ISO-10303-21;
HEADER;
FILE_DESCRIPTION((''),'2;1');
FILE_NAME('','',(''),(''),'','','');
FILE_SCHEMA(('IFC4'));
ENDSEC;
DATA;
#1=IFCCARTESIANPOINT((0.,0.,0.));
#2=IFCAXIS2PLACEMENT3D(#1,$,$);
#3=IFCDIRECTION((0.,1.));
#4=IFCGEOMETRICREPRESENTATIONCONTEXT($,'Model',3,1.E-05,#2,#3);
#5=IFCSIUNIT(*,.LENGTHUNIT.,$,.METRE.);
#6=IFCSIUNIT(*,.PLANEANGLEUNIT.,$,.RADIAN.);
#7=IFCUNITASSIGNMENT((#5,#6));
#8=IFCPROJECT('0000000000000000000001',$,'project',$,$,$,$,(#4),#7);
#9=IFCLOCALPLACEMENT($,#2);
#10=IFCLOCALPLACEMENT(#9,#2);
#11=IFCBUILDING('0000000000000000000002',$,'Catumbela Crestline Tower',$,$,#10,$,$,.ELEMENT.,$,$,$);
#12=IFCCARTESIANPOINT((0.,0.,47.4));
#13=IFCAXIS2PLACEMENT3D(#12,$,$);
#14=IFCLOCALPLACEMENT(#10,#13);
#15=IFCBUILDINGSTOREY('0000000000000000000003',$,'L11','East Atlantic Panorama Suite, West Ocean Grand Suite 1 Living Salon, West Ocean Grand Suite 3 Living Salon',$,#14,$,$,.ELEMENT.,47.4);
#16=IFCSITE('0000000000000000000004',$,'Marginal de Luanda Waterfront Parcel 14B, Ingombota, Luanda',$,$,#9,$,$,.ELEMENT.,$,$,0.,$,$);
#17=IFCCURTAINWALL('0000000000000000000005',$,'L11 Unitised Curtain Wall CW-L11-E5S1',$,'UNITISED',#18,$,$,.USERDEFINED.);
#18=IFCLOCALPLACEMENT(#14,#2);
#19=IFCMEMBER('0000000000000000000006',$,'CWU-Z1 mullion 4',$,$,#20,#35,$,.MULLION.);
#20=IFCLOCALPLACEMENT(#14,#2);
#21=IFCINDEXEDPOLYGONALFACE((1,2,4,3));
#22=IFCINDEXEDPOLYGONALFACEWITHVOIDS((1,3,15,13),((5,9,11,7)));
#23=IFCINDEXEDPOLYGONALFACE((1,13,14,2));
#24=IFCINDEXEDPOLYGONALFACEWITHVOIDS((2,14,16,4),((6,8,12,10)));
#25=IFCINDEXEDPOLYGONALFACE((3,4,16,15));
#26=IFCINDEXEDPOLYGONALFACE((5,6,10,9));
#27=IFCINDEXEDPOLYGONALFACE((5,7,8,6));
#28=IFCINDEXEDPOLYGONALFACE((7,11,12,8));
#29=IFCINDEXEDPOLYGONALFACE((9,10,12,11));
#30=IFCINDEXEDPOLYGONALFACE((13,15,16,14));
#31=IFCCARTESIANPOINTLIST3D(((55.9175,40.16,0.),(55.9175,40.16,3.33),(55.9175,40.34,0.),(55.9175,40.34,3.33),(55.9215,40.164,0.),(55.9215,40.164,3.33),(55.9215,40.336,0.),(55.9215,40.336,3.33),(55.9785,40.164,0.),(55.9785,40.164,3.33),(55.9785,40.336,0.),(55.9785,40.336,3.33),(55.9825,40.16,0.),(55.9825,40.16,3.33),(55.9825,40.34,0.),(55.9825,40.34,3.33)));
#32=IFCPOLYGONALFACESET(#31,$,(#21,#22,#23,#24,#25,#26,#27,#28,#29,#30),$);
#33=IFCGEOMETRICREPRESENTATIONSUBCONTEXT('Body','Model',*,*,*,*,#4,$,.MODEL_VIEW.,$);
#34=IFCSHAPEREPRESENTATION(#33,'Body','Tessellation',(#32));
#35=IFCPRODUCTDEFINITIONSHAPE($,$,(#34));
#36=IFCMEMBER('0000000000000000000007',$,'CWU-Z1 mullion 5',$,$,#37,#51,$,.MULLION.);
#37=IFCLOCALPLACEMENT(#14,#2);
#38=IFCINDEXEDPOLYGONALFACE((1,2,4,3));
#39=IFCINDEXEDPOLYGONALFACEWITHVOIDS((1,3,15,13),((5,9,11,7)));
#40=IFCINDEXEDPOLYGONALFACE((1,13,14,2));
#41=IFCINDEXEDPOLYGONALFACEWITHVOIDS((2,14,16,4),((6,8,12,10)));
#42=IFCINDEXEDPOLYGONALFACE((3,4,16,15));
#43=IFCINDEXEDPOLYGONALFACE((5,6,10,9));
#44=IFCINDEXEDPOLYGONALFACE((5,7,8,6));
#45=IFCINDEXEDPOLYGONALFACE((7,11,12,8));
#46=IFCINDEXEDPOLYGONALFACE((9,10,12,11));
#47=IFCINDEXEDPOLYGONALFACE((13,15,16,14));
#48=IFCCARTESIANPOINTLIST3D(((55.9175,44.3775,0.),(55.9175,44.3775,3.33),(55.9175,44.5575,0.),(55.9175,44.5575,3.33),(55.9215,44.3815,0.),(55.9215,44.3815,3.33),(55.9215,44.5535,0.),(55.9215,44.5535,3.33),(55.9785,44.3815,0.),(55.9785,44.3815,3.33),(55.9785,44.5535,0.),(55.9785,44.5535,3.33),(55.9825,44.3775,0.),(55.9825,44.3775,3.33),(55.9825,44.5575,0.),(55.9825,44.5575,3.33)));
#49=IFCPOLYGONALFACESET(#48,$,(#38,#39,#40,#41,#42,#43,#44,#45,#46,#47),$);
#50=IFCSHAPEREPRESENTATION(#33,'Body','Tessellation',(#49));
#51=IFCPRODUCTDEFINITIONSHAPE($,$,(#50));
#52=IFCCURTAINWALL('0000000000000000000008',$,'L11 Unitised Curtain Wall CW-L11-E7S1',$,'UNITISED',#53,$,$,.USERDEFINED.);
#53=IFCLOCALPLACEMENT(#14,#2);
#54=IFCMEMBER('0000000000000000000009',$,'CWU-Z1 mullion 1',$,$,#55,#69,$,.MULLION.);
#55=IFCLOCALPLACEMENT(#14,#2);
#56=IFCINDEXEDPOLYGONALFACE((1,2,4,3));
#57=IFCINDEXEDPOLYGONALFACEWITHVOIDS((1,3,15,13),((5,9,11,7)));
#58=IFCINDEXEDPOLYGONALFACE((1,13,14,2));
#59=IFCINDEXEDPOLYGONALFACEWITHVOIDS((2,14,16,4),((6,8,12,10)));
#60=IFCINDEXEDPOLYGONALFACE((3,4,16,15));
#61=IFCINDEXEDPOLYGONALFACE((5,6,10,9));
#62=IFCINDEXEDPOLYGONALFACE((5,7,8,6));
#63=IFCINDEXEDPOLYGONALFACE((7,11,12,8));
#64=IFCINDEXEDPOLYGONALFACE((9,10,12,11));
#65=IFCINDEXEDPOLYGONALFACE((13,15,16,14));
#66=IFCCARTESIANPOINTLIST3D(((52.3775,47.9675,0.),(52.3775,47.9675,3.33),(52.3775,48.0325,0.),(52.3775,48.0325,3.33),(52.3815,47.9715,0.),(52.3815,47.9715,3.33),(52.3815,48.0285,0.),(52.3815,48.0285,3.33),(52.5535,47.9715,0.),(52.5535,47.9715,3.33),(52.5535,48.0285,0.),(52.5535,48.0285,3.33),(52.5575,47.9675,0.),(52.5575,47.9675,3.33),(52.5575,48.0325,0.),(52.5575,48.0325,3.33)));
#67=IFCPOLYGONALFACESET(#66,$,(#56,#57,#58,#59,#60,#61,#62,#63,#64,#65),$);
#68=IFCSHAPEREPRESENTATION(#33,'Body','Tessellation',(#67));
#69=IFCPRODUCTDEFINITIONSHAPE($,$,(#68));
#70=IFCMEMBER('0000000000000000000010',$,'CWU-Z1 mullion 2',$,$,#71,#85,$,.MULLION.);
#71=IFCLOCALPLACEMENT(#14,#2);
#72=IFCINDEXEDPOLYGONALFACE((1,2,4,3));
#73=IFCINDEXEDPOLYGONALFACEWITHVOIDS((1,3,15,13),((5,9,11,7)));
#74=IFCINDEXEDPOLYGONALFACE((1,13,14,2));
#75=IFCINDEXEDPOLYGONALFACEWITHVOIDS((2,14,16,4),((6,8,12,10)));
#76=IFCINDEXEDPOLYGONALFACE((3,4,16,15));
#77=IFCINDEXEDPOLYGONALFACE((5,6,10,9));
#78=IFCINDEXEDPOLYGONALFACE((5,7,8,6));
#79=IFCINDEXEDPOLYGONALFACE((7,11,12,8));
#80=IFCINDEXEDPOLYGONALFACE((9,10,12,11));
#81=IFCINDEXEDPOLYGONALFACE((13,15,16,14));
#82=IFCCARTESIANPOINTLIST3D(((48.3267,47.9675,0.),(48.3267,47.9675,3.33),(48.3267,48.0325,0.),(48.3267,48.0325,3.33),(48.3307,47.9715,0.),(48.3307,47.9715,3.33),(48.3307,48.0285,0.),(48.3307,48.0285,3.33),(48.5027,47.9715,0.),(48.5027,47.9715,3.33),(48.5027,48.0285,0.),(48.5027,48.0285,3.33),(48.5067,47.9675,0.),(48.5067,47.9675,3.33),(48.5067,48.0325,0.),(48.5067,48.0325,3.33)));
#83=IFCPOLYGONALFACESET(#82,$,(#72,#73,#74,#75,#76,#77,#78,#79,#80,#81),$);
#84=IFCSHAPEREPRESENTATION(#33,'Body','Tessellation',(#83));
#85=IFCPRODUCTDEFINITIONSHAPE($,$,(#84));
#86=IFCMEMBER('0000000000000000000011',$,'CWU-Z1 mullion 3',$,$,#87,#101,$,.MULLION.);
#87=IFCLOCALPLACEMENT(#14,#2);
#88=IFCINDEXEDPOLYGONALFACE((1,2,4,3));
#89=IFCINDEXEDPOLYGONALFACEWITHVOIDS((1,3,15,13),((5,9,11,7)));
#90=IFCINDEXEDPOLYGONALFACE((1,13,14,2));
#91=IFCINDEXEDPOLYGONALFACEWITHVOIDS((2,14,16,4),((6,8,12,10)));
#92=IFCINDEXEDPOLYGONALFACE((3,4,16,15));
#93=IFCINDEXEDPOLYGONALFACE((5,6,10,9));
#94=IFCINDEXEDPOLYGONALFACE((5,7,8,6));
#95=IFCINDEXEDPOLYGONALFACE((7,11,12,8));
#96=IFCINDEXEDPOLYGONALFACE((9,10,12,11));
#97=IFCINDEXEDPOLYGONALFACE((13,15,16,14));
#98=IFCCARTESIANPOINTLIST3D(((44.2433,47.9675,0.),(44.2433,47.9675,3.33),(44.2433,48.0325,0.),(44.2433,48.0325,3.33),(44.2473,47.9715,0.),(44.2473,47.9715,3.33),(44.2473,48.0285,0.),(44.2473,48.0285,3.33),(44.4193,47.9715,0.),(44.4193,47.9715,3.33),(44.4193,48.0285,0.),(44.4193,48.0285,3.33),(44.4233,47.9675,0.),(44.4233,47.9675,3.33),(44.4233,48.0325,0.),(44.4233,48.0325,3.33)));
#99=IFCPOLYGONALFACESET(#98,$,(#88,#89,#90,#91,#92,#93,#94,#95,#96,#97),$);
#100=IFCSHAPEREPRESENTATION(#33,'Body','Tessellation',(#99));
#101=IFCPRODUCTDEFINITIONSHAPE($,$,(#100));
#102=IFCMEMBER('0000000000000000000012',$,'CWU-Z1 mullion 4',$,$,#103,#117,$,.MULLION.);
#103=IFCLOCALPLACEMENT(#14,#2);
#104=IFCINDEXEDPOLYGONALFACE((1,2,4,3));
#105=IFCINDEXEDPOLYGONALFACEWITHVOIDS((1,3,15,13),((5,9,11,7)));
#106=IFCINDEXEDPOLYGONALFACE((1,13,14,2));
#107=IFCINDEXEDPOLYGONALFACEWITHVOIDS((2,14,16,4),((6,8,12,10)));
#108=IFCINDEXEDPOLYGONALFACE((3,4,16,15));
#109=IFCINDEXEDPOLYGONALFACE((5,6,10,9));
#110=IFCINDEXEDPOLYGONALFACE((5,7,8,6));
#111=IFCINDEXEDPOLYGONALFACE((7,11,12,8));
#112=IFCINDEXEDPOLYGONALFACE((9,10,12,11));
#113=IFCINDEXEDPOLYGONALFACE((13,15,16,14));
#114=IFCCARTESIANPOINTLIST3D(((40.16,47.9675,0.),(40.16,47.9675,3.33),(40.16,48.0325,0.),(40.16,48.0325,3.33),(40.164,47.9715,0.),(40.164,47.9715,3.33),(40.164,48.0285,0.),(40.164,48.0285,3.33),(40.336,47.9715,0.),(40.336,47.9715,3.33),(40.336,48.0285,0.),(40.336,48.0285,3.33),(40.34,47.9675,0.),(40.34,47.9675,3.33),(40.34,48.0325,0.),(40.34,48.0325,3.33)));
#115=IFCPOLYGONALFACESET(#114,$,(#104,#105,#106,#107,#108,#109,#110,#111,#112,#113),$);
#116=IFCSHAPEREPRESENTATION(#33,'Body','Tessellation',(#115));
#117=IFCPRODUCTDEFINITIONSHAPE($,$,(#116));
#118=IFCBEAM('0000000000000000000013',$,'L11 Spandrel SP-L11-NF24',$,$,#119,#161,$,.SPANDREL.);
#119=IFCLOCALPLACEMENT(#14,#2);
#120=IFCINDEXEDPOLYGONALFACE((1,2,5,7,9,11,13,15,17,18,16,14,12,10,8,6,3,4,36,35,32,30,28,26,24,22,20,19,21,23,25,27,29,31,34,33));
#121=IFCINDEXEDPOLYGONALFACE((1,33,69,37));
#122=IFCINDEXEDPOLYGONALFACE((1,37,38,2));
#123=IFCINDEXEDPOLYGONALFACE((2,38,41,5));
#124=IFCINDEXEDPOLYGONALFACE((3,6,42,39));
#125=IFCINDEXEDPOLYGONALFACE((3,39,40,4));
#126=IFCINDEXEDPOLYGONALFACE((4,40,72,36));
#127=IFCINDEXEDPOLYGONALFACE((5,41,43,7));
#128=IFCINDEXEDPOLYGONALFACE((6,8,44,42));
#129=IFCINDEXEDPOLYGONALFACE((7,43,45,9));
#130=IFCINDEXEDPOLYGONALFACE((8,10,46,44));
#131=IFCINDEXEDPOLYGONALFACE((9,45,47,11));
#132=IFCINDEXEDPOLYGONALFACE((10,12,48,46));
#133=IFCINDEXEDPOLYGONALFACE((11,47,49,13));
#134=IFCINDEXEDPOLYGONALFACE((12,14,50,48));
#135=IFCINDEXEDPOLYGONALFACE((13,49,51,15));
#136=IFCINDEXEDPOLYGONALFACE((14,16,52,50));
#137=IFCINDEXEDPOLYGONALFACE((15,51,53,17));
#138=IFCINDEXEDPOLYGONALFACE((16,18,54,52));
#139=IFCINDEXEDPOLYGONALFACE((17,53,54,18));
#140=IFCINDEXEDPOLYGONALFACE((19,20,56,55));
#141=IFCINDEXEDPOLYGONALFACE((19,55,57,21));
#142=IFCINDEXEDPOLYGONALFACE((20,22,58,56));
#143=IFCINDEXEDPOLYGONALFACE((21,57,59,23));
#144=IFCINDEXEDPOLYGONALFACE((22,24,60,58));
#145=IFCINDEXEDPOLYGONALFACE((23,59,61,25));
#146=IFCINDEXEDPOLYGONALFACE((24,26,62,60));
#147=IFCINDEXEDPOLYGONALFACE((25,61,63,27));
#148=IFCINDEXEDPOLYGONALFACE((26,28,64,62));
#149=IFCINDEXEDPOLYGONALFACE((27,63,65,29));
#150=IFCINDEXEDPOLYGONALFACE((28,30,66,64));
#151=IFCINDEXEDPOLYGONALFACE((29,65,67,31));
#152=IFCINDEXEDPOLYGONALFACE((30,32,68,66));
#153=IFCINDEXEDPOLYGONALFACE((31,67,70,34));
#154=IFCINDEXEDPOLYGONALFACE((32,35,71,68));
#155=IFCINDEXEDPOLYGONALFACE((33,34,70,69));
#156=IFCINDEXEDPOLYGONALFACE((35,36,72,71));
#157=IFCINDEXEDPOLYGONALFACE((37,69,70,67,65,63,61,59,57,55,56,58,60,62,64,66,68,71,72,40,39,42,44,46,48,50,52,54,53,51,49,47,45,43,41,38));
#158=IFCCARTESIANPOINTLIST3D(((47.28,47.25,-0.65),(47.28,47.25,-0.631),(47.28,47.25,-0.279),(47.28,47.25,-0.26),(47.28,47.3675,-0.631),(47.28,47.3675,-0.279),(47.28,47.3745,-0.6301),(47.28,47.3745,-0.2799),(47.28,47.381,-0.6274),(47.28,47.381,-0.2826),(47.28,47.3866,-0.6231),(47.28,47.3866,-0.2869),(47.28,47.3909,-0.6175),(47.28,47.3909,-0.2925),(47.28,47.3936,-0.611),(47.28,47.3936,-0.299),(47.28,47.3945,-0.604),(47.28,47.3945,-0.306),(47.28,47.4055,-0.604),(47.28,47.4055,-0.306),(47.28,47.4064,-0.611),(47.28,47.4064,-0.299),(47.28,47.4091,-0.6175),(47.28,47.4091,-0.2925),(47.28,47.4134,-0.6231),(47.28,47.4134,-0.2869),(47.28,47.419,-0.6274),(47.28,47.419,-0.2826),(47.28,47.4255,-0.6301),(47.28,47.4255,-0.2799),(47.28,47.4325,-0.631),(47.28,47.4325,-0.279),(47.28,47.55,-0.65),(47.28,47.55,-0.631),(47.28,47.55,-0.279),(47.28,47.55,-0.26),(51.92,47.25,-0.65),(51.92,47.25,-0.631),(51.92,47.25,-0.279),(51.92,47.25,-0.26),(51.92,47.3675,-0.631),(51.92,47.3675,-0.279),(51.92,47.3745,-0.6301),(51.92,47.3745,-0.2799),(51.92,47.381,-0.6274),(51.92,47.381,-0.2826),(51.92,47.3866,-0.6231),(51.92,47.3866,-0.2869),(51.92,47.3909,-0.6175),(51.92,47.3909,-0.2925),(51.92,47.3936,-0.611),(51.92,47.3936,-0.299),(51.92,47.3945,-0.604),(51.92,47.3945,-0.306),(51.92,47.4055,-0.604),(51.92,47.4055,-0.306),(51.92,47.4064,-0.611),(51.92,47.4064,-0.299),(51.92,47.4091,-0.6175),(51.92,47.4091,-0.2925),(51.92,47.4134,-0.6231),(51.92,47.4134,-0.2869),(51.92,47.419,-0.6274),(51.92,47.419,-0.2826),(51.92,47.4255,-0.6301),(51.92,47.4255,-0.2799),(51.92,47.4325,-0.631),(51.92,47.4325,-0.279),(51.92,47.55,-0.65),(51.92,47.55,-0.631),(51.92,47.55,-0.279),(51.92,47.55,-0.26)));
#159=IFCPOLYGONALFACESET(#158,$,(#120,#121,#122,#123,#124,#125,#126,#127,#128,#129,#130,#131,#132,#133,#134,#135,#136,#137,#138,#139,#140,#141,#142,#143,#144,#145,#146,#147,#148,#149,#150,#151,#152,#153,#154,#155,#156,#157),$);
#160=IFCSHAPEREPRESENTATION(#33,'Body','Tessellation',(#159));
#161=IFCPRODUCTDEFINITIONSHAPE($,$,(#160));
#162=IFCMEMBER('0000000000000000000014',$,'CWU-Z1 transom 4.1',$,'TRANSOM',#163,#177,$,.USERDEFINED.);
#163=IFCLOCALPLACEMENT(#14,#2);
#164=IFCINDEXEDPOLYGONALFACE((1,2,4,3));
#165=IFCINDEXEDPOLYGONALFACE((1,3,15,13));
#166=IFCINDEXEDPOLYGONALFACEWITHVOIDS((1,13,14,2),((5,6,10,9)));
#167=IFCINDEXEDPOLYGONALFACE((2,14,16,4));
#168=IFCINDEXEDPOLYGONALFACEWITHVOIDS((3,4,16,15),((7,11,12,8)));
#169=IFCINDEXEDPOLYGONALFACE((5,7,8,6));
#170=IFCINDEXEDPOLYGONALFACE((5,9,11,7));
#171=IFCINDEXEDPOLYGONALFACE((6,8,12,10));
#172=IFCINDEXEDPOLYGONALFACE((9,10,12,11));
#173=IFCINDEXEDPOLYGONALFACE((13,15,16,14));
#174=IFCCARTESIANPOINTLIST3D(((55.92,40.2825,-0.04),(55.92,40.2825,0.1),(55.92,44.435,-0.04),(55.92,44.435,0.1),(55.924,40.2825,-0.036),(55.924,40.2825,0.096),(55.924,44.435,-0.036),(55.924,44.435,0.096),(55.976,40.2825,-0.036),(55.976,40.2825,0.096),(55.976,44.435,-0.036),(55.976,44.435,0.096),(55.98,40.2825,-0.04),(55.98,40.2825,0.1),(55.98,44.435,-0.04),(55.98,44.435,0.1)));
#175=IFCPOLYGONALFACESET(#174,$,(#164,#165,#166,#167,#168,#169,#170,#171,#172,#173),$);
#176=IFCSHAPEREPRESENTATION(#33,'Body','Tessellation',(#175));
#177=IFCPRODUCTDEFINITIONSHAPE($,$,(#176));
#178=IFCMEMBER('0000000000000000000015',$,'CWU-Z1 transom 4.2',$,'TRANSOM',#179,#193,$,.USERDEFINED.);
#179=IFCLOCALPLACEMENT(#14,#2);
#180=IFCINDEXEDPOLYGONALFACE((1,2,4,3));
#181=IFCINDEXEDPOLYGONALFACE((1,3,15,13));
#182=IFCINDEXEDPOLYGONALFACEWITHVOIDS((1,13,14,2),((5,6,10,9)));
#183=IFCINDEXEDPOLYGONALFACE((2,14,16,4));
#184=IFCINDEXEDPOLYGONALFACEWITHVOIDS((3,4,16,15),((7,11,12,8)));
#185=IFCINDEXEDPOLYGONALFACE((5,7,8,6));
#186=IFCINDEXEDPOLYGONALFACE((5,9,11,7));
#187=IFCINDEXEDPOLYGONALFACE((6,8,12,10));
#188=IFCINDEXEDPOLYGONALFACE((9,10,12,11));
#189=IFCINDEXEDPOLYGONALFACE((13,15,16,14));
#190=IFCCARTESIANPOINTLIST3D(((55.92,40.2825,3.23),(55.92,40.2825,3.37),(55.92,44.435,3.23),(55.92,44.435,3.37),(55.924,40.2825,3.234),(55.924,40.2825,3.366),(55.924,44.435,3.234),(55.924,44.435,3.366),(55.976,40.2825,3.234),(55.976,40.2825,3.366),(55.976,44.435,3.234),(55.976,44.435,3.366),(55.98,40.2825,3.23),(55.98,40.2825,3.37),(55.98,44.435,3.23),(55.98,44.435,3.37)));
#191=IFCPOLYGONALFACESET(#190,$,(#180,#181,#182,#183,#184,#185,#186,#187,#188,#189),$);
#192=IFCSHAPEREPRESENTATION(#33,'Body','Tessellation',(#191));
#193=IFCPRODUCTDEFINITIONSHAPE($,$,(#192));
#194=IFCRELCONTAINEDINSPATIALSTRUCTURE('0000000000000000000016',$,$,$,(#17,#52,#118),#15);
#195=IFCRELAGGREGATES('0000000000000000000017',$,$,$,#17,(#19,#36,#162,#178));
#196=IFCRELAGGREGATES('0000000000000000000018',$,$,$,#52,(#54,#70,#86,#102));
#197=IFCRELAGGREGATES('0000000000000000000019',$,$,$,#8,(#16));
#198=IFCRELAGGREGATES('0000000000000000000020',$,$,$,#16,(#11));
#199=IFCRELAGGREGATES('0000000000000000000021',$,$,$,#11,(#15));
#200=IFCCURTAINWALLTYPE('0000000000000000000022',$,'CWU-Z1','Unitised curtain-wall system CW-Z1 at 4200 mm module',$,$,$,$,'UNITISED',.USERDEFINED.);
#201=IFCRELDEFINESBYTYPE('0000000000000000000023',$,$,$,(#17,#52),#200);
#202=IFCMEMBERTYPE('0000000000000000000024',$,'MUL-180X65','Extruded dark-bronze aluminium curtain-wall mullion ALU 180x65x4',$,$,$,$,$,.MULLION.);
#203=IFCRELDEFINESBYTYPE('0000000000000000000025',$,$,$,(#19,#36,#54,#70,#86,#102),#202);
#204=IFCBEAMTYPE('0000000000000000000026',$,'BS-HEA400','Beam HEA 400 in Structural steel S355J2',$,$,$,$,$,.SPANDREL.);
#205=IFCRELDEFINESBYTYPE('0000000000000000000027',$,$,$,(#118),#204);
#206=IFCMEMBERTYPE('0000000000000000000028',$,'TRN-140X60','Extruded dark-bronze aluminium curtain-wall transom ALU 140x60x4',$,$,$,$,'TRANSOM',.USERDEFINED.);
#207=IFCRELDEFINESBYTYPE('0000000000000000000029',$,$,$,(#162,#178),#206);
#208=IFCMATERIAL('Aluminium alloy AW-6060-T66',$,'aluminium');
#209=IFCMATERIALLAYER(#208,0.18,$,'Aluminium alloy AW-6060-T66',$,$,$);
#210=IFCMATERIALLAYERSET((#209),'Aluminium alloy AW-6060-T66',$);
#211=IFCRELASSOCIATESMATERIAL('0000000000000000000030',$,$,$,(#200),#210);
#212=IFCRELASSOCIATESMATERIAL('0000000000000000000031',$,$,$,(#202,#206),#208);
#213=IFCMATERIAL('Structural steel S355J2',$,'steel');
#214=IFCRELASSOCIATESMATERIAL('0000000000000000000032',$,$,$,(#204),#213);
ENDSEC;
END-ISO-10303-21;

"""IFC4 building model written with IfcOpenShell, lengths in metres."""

from ifc_helpers import new_model, si_unit, direction, frame, origin, origin_2d, place, context, subcontext, project, spatial, hollow_rectangle, i_section, extrude, material, layer, layer_set, material_profile, profile_set, type_object, element, aggregate, save


model = new_model("IFC4")

# Units and contexts
model_context = context("Model", 3, precision=1e-05, world=origin(), true_north=direction((0.0, 1.0)))
body_context = subcontext(model_context, "Body", "Model", "MODEL_VIEW")
ifc_project = project(units=[si_unit("LENGTHUNIT", "METRE"), si_unit("PLANEANGLEUNIT", "RADIAN")], contexts=[model_context])

# Site, building, storey
site_placement = place(None, origin())
site = spatial("IfcSite", under=ifc_project, at=site_placement, Name="Marginal de Luanda Waterfront Parcel 14B, Ingombota, Luanda", CompositionType="ELEMENT", RefElevation=0.0)
building_placement = place(site_placement, origin())
building = spatial("IfcBuilding", under=site, at=building_placement, Name="Catumbela Crestline Tower", CompositionType="ELEMENT")
storey_placement = place(building_placement, frame((0.0, 0.0, 47.4)))
storey = spatial("IfcBuildingStorey", under=building, at=storey_placement, Name="L11", Description="East Atlantic Panorama Suite, West Ocean Grand Suite 1 Living Salon, West Ocean Grand Suite 3 Living Salon", CompositionType="ELEMENT", Elevation=47.4)

# Curtain walls, members
ifc_material_1 = material(Name="Aluminium alloy AW-6060-T66", Category="aluminium")
ifc_layer_1 = layer(ifc_material_1, 0.18, Name="Aluminium alloy AW-6060-T66")
ifc_layer_set_1 = layer_set([ifc_layer_1], Name="Aluminium alloy AW-6060-T66")
curtain_wall_type = type_object("IfcCurtainWallType", Name="CWU-Z1", Description="Unitised curtain-wall system CW-Z1 at 4200 mm module", ElementType="UNITISED", PredefinedType="USERDEFINED", material=ifc_layer_set_1)
curtain_wall_1_placement = place(storey_placement, origin())
curtain_wall_1 = element("IfcCurtainWall", 1, at=curtain_wall_1_placement, inside=storey, type_object=curtain_wall_type, Name="L11 Unitised Curtain Wall CW-L11-E5S1", ObjectType="UNITISED", PredefinedType="USERDEFINED")
ifc_material_profile_1 = material_profile(ifc_material_1, hollow_rectangle(XDim=0.065, YDim=0.18, WallThickness=0.004, at=origin_2d()), Name="ALU 180x65x4")
ifc_profile_set_1 = profile_set([ifc_material_profile_1], Name="Aluminium alloy AW-6060-T66")
member_type_1 = type_object("IfcMemberType", Name="MUL-180X65", Description="Extruded dark-bronze aluminium curtain-wall mullion ALU 180x65x4", PredefinedType="MULLION", material=ifc_profile_set_1)
member_1_placement = place(storey_placement, frame((55.95, 40.25, 0.0), z_axis=(0.0, 0.0, 1.0), x_axis=(-1.0, 0.0, 0.0)))
member_1 = element("IfcMember", 2, at=member_1_placement, type_object=member_type_1, Name="CWU-Z1 mullion 4", PredefinedType="MULLION", context=body_context, shape_type="SweptSolid", body=[
    extrude(hollow_rectangle(XDim=0.065, YDim=0.18, WallThickness=0.004, at=origin_2d()), origin(), (0.0, 0.0, 1.0), 3.33),
])
member_2_placement = place(storey_placement, frame((55.95, 44.4675, 0.0), z_axis=(0.0, 0.0, 1.0), x_axis=(-1.0, 0.0, 0.0)))
member_2 = element("IfcMember", 3, at=member_2_placement, type_object=member_type_1, Name="CWU-Z1 mullion 5", PredefinedType="MULLION", context=body_context, shape_type="SweptSolid", body=[
    extrude(hollow_rectangle(XDim=0.065, YDim=0.18, WallThickness=0.004, at=origin_2d()), origin(), (0.0, 0.0, 1.0), 3.33),
])
curtain_wall_2_placement = place(storey_placement, origin())
curtain_wall_2 = element("IfcCurtainWall", 4, at=curtain_wall_2_placement, inside=storey, type_object=curtain_wall_type, Name="L11 Unitised Curtain Wall CW-L11-E7S1", ObjectType="UNITISED", PredefinedType="USERDEFINED")
member_3_placement = place(storey_placement, frame((52.4675, 48.0, 0.0), z_axis=(0.0, 0.0, 1.0), x_axis=(0.0, -1.0, 0.0)))
member_3 = element("IfcMember", 5, at=member_3_placement, type_object=member_type_1, Name="CWU-Z1 mullion 1", PredefinedType="MULLION", context=body_context, shape_type="SweptSolid", body=[
    extrude(hollow_rectangle(XDim=0.065, YDim=0.18, WallThickness=0.004, at=origin_2d()), origin(), (0.0, 0.0, 1.0), 3.33),
])
member_4_placement = place(storey_placement, frame((48.4167, 48.0, 0.0), z_axis=(0.0, 0.0, 1.0), x_axis=(0.0, -1.0, 0.0)))
member_4 = element("IfcMember", 6, at=member_4_placement, type_object=member_type_1, Name="CWU-Z1 mullion 2", PredefinedType="MULLION", context=body_context, shape_type="SweptSolid", body=[
    extrude(hollow_rectangle(XDim=0.065, YDim=0.18, WallThickness=0.004, at=origin_2d()), origin(), (0.0, 0.0, 1.0), 3.33),
])
member_5_placement = place(storey_placement, frame((44.3333, 48.0, 0.0), z_axis=(0.0, 0.0, 1.0), x_axis=(0.0, -1.0, 0.0)))
member_5 = element("IfcMember", 7, at=member_5_placement, type_object=member_type_1, Name="CWU-Z1 mullion 3", PredefinedType="MULLION", context=body_context, shape_type="SweptSolid", body=[
    extrude(hollow_rectangle(XDim=0.065, YDim=0.18, WallThickness=0.004, at=origin_2d()), origin(), (0.0, 0.0, 1.0), 3.33),
])
member_6_placement = place(storey_placement, frame((40.25, 48.0, 0.0), z_axis=(0.0, 0.0, 1.0), x_axis=(0.0, -1.0, 0.0)))
member_6 = element("IfcMember", 8, at=member_6_placement, type_object=member_type_1, Name="CWU-Z1 mullion 4", PredefinedType="MULLION", context=body_context, shape_type="SweptSolid", body=[
    extrude(hollow_rectangle(XDim=0.065, YDim=0.18, WallThickness=0.004, at=origin_2d()), origin(), (0.0, 0.0, 1.0), 3.33),
])

# Beam
ifc_material_2 = material(Name="Structural steel S355J2", Category="steel")
ifc_material_profile_2 = material_profile(ifc_material_2, i_section(OverallWidth=0.3, OverallDepth=0.39, WebThickness=0.011, FlangeThickness=0.019, FilletRadius=0.027, at=origin_2d()), Name="HEA 400")
ifc_profile_set_2 = profile_set([ifc_material_profile_2], Name="Structural steel S355J2")
beam_type = type_object("IfcBeamType", Name="BS-HEA400", Description="Beam HEA 400 in Structural steel S355J2", PredefinedType="SPANDREL", material=ifc_profile_set_2)
beam_placement = place(storey_placement, frame((47.28, 47.4, -0.455), z_axis=(1.0, 0.0, 0.0), x_axis=(0.0, 1.0, 0.0)))
element("IfcBeam", 9, at=beam_placement, inside=storey, type_object=beam_type, Name="L11 Spandrel SP-L11-NF24", PredefinedType="SPANDREL", context=body_context, shape_type="SweptSolid", body=[
    extrude(i_section(OverallWidth=0.3, OverallDepth=0.39, WebThickness=0.011, FlangeThickness=0.019, FilletRadius=0.027, at=origin_2d()), origin(), (0.0, 0.0, 1.0), 4.64),
])

# Members
ifc_material_profile_3 = material_profile(ifc_material_1, hollow_rectangle(XDim=0.06, YDim=0.14, WallThickness=0.004, at=origin_2d()), Name="ALU 140x60x4")
ifc_profile_set_3 = profile_set([ifc_material_profile_3], Name="Aluminium alloy AW-6060-T66")
member_type_2 = type_object("IfcMemberType", Name="TRN-140X60", Description="Extruded dark-bronze aluminium curtain-wall transom ALU 140x60x4", ElementType="TRANSOM", PredefinedType="USERDEFINED", material=ifc_profile_set_3)
member_7_placement = place(storey_placement, frame((55.95, 40.2825, 0.03), z_axis=(0.0, 1.0, 0.0), x_axis=(-1.0, 0.0, 0.0)))
member_7 = element("IfcMember", 10, at=member_7_placement, type_object=member_type_2, Name="CWU-Z1 transom 4.1", ObjectType="TRANSOM", PredefinedType="USERDEFINED", context=body_context, shape_type="SweptSolid", body=[
    extrude(hollow_rectangle(XDim=0.06, YDim=0.14, WallThickness=0.004, at=origin_2d()), origin(), (0.0, 0.0, 1.0), 4.1525),
])
member_8_placement = place(storey_placement, frame((55.95, 40.2825, 3.3), z_axis=(0.0, 1.0, 0.0), x_axis=(-1.0, 0.0, 0.0)))
member_8 = element("IfcMember", 11, at=member_8_placement, type_object=member_type_2, Name="CWU-Z1 transom 4.2", ObjectType="TRANSOM", PredefinedType="USERDEFINED", context=body_context, shape_type="SweptSolid", body=[
    extrude(hollow_rectangle(XDim=0.06, YDim=0.14, WallThickness=0.004, at=origin_2d()), origin(), (0.0, 0.0, 1.0), 4.1525),
])

aggregate(curtain_wall_1, [member_1, member_2, member_7, member_8])
aggregate(curtain_wall_2, [member_3, member_4, member_5, member_6])

save(model, "model.ifc")
